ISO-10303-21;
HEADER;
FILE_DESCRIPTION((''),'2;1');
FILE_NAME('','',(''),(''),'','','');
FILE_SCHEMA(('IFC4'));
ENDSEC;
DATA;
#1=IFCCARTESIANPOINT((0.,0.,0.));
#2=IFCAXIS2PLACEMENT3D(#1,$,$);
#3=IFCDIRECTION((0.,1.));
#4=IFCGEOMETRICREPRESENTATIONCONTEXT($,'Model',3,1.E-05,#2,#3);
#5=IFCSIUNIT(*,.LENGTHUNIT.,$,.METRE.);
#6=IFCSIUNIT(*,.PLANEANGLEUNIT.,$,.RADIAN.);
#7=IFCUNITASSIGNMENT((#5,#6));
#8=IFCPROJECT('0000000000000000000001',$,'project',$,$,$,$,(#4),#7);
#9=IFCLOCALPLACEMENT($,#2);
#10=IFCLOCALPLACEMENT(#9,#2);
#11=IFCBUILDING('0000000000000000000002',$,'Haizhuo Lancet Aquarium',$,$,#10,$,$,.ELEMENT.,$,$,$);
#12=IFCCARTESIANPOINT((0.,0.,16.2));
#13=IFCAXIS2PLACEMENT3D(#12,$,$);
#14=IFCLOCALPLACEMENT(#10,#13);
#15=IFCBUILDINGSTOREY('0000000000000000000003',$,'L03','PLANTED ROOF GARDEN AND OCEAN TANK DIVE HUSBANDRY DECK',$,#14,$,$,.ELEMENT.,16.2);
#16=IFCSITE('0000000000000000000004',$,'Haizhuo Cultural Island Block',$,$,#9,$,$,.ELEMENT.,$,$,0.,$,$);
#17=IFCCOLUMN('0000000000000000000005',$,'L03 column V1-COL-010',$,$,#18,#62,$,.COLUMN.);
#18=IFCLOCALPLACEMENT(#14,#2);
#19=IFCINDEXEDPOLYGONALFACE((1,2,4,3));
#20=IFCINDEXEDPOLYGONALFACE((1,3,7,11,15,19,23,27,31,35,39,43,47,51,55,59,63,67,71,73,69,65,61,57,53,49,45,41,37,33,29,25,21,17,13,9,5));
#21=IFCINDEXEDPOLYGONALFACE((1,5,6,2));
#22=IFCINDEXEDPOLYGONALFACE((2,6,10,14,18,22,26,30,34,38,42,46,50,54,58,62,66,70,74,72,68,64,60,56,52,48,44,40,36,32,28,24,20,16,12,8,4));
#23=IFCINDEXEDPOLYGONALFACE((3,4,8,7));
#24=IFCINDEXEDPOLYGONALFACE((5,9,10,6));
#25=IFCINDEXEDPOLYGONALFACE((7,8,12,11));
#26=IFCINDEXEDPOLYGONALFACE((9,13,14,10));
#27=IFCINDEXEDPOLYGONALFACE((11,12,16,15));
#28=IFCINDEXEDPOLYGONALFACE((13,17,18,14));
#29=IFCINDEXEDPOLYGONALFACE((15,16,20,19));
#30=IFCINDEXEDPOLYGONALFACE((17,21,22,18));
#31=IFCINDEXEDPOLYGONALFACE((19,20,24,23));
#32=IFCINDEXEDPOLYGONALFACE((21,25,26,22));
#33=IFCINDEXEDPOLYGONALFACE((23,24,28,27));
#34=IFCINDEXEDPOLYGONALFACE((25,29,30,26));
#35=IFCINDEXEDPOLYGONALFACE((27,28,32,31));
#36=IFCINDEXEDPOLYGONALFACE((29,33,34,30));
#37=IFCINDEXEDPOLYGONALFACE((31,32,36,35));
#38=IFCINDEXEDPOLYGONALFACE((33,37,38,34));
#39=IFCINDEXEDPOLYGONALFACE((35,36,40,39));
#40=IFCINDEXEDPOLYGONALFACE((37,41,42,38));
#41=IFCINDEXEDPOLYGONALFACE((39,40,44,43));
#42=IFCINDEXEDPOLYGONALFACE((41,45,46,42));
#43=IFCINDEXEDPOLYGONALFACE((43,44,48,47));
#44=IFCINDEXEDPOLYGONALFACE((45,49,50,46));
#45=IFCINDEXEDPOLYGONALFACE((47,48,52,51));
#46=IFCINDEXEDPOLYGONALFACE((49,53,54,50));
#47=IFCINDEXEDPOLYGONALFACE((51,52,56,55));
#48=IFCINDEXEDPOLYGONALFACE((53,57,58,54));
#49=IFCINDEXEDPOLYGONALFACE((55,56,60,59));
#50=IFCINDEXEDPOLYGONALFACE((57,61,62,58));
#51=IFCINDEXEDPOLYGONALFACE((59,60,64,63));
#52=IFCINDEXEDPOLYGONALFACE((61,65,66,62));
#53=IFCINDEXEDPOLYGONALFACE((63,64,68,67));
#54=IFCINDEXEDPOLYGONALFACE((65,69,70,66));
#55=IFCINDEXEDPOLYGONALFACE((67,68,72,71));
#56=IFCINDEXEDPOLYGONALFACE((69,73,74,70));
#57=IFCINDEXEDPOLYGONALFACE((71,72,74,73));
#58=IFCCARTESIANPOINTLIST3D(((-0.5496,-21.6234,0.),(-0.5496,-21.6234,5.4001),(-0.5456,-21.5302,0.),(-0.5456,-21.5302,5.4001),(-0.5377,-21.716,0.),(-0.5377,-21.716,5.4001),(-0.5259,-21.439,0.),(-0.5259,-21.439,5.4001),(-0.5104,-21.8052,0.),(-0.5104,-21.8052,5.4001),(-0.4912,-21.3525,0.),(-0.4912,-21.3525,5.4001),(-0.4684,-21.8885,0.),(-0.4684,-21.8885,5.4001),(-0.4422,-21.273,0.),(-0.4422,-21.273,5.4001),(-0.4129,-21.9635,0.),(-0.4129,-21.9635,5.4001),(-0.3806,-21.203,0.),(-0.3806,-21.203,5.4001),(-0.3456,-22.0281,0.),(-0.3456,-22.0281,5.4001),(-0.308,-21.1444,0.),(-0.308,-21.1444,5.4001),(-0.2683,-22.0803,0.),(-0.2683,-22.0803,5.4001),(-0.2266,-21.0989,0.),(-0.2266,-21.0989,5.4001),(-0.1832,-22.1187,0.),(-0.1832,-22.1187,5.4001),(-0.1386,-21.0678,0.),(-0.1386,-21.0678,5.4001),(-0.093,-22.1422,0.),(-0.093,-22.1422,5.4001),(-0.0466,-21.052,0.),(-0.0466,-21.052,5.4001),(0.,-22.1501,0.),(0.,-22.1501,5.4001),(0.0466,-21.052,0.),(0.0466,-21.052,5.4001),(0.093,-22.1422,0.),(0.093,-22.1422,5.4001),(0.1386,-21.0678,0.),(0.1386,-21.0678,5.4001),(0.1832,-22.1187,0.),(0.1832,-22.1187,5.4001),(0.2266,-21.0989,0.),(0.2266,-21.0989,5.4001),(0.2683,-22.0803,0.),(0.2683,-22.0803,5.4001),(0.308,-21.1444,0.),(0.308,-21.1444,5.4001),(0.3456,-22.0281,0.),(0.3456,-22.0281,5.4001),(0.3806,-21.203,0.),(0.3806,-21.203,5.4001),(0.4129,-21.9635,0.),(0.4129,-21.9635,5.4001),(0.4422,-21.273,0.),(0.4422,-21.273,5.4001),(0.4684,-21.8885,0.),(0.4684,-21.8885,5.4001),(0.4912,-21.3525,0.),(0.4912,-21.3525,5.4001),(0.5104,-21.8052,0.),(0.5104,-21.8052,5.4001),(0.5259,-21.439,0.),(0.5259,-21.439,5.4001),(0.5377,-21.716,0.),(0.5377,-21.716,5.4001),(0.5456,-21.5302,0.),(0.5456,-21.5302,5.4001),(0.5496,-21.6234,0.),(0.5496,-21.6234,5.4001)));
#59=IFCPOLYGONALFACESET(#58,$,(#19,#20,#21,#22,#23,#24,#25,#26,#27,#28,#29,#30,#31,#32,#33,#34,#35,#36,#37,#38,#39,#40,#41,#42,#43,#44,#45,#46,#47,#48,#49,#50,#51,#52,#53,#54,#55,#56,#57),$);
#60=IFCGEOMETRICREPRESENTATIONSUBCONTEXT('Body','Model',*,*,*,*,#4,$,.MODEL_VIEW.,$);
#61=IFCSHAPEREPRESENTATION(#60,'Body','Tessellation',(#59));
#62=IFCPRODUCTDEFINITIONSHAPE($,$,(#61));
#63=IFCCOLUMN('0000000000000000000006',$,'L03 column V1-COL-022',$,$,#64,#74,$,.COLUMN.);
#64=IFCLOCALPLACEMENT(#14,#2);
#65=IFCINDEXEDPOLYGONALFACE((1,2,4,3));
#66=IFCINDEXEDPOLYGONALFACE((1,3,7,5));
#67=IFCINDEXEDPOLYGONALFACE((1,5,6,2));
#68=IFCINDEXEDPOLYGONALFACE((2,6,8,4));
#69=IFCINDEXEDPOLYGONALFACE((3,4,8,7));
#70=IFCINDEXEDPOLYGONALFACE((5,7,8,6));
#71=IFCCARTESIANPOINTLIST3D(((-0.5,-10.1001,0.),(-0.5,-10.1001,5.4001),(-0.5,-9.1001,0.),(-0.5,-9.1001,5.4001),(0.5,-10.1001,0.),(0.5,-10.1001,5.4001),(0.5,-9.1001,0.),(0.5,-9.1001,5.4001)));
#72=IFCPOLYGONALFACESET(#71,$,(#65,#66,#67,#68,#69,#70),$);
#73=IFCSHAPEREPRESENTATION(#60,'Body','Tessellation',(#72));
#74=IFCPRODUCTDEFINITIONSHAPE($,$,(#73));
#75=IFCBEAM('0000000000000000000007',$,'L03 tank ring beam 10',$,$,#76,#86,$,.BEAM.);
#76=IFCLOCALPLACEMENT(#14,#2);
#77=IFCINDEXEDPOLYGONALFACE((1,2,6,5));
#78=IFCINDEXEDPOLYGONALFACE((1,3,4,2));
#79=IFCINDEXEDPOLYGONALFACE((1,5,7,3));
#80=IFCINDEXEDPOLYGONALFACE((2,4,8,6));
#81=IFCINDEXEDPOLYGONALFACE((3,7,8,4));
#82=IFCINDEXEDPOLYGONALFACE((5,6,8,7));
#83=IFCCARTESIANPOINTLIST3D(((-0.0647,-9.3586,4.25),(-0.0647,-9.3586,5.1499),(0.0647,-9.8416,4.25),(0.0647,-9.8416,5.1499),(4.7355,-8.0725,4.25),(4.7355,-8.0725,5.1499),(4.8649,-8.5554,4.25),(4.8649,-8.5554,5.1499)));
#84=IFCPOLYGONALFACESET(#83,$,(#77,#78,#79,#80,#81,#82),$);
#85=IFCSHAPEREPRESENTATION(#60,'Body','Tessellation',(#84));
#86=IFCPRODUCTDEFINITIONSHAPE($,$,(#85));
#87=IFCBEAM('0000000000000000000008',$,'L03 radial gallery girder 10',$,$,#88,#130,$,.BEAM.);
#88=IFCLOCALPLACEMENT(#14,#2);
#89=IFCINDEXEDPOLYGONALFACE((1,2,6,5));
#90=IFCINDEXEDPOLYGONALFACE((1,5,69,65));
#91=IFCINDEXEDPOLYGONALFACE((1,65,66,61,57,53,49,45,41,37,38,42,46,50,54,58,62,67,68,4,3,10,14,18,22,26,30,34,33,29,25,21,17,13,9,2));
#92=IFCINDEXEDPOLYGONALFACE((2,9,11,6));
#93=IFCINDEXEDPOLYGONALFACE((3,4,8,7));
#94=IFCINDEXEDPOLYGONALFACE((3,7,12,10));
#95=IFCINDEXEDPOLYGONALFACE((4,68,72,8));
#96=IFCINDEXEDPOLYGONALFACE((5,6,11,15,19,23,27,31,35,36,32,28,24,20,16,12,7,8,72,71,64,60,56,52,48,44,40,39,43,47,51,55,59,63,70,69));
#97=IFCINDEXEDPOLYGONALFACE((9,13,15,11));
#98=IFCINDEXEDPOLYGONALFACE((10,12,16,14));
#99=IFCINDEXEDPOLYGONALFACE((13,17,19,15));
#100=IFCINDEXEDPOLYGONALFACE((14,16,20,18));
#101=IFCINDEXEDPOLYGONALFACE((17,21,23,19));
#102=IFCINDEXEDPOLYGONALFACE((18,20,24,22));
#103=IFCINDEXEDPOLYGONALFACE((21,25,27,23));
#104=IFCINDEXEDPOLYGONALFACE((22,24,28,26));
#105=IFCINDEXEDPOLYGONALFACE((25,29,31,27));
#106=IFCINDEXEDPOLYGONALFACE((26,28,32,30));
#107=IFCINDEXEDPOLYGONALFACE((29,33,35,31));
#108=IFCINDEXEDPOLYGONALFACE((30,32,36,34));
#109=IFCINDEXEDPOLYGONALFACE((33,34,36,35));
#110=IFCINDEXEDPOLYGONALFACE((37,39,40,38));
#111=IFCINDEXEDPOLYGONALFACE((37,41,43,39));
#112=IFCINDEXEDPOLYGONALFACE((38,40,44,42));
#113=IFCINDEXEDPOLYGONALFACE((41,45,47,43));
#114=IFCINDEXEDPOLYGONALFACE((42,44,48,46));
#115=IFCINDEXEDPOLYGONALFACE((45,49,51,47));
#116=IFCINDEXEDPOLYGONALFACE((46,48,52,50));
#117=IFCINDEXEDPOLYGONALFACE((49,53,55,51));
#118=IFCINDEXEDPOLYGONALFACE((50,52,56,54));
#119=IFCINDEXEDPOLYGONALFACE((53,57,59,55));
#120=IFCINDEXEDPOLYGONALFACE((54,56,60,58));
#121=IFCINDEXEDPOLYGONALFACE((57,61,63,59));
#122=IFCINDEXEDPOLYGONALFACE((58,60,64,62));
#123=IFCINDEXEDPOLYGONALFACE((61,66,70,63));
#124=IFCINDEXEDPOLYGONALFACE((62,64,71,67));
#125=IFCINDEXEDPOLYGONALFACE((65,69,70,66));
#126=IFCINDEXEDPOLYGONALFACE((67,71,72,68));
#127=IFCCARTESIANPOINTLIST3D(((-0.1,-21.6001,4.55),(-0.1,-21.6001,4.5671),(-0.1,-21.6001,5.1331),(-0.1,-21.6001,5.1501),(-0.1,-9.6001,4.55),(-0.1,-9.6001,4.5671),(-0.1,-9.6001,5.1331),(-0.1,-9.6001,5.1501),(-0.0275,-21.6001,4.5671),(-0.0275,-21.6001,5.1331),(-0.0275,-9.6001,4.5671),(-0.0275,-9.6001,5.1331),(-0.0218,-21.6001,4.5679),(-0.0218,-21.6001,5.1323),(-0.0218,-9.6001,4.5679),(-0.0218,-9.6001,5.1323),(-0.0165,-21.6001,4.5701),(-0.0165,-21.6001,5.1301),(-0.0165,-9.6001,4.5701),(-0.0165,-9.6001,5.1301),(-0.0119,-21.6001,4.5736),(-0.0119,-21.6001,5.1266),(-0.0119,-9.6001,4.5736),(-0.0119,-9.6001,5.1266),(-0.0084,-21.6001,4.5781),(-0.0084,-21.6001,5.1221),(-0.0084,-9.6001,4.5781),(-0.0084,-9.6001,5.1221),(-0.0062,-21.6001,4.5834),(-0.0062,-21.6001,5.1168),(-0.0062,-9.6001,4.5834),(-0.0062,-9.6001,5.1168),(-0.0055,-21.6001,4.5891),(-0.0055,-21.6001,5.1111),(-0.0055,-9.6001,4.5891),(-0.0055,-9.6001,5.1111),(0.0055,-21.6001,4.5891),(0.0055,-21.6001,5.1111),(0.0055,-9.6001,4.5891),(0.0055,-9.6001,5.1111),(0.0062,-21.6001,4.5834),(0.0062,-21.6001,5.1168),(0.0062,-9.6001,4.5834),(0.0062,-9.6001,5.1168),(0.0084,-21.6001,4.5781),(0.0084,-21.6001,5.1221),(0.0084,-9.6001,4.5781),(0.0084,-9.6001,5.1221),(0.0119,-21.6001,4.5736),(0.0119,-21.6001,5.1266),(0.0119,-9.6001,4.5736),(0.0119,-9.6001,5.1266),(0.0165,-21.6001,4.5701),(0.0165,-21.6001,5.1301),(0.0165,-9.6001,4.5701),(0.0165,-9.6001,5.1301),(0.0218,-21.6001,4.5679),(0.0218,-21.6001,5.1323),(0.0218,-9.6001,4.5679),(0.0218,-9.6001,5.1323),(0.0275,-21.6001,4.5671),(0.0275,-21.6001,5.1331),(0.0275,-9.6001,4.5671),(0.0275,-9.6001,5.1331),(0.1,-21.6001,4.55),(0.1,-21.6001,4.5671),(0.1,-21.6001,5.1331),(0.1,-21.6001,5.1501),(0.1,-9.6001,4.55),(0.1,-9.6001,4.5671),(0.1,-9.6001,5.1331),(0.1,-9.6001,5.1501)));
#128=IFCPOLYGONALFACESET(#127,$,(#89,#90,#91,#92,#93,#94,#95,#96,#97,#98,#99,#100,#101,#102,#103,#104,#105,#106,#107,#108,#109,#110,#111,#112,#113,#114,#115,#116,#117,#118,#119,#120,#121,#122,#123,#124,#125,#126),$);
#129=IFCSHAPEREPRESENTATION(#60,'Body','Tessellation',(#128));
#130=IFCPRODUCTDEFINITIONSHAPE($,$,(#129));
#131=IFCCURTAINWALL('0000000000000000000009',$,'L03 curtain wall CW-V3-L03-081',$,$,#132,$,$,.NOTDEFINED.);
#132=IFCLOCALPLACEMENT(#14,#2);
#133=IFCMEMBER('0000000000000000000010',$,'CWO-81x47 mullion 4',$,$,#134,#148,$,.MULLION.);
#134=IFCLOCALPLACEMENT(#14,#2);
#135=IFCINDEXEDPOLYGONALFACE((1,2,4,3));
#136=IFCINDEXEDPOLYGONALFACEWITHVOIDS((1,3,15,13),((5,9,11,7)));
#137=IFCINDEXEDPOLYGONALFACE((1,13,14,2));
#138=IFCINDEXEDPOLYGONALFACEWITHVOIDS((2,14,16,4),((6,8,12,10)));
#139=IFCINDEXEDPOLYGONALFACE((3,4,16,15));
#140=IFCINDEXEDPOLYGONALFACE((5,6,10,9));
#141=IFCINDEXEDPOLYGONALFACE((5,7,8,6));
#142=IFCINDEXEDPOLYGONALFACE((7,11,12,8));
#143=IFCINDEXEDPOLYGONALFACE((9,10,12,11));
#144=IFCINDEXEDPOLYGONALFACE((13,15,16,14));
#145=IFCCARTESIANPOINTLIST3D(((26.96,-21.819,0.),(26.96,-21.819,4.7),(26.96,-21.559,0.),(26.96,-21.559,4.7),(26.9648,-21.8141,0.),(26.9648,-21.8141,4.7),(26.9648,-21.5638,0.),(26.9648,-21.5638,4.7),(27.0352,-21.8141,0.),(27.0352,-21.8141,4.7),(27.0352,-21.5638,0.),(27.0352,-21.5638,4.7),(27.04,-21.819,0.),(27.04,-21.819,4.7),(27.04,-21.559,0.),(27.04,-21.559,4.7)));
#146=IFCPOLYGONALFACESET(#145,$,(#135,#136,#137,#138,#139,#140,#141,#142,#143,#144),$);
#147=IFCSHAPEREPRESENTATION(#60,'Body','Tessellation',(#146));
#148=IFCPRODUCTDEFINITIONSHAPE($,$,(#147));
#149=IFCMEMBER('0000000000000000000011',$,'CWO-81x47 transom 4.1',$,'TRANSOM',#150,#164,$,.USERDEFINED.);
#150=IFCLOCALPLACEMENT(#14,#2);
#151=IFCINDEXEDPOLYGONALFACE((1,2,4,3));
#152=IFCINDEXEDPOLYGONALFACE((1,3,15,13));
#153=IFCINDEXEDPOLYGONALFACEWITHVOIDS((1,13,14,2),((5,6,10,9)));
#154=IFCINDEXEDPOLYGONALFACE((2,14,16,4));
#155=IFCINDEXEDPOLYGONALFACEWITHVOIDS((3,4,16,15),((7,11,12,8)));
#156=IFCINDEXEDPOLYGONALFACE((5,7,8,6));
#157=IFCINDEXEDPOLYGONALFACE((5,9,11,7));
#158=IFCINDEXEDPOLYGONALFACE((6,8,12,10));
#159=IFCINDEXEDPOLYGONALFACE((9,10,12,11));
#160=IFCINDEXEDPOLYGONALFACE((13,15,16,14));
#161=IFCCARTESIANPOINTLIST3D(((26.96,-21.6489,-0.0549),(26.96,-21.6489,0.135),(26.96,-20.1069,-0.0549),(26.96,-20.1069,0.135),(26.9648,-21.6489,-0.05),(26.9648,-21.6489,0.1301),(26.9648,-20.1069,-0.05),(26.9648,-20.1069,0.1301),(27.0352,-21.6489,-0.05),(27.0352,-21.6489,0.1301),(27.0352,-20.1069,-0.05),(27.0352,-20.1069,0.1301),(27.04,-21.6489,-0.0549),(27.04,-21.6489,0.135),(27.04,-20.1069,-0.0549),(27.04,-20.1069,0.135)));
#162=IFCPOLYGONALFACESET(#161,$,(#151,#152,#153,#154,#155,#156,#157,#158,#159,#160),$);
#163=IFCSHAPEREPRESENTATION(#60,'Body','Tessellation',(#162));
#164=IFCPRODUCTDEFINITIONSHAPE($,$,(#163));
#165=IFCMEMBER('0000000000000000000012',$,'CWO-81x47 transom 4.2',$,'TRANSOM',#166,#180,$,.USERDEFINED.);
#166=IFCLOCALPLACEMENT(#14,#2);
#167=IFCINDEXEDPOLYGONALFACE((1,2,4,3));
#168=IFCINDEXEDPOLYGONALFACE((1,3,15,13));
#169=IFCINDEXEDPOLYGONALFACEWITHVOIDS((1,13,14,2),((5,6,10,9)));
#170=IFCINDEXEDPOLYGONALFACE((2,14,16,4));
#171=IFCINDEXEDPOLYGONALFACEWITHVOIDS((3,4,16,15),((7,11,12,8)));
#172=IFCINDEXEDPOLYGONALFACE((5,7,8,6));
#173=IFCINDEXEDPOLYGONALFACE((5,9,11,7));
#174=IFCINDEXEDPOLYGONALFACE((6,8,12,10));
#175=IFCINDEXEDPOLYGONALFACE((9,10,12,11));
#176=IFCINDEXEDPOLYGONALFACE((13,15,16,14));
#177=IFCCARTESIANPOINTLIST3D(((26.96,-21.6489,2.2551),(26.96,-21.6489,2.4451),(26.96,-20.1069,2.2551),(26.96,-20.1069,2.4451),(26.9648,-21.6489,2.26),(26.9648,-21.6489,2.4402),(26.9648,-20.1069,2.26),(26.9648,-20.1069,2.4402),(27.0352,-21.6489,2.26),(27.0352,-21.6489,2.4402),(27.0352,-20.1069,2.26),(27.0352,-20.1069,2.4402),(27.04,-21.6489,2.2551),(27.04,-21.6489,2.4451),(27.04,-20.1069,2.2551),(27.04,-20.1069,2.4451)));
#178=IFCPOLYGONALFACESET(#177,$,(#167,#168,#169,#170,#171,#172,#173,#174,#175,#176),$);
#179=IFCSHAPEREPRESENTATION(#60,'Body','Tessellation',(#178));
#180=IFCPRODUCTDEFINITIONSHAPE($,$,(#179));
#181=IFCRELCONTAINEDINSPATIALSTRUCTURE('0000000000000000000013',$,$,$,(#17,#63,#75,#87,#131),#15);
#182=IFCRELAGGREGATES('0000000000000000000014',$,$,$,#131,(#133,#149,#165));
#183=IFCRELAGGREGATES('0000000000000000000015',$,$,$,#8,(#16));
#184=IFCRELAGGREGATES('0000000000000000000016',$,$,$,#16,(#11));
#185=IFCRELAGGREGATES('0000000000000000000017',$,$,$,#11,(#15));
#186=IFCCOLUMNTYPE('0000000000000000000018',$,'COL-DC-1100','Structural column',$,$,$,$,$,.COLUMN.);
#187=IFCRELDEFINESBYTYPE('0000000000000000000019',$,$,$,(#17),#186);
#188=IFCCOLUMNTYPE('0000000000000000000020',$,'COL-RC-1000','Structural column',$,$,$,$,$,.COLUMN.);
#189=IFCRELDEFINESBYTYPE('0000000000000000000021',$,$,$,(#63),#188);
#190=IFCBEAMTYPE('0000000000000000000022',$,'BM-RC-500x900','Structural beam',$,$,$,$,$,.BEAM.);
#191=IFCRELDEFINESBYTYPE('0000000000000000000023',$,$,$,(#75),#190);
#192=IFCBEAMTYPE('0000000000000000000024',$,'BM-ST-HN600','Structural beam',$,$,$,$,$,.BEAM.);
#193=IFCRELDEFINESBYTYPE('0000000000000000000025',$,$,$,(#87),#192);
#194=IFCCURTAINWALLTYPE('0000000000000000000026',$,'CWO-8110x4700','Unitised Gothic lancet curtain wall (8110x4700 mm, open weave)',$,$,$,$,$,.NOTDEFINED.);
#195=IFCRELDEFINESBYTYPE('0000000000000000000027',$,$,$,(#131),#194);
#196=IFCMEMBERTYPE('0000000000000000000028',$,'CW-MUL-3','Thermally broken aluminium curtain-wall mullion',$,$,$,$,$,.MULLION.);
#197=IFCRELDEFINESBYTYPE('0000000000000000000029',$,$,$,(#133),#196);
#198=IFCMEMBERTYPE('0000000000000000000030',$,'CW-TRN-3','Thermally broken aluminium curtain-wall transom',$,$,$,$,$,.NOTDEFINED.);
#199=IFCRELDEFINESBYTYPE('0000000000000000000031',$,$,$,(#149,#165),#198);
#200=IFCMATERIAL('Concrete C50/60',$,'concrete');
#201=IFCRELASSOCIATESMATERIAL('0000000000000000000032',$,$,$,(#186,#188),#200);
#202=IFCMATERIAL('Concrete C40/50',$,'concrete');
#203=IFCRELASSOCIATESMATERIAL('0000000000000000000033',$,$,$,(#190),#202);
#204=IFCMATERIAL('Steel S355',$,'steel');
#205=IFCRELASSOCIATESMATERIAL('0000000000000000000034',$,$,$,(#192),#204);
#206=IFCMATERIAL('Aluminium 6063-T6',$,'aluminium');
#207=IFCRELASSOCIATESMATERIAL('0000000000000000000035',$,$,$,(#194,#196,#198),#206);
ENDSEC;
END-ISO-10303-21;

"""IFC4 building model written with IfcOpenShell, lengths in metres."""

from ifc_helpers import new_model, si_unit, direction, frame, origin, origin_2d, place, context, subcontext, project, spatial, rectangle, hollow_rectangle, circle, i_section, extrude, material, material_profile, profile_set, type_object, element, aggregate, save


model = new_model("IFC4")

# Units and contexts
model_context = context("Model", 3, precision=1e-05, world=origin(), true_north=direction((0.0, 1.0)))
body_context = subcontext(model_context, "Body", "Model", "MODEL_VIEW")
ifc_project = project(units=[si_unit("LENGTHUNIT", "METRE"), si_unit("PLANEANGLEUNIT", "RADIAN")], contexts=[model_context])

# Site, building, storey
site_placement = place(None, origin())
site = spatial("IfcSite", under=ifc_project, at=site_placement, Name="Haizhuo Cultural Island Block", CompositionType="ELEMENT", RefElevation=0.0)
building_placement = place(site_placement, origin())
building = spatial("IfcBuilding", under=site, at=building_placement, Name="Haizhuo Lancet Aquarium", CompositionType="ELEMENT")
storey_placement = place(building_placement, frame((0.0, 0.0, 16.2)))
storey = spatial("IfcBuildingStorey", under=building, at=storey_placement, Name="L03", Description="PLANTED ROOF GARDEN AND OCEAN TANK DIVE HUSBANDRY DECK", CompositionType="ELEMENT", Elevation=16.2)

# Columns
ifc_material_1 = material(Name="Concrete C50/60", Category="concrete")
ifc_material_profile_1 = material_profile(ifc_material_1, circle(Radius=0.55, at=origin_2d()), Name="RC-DC 1100")
ifc_profile_set_1 = profile_set([ifc_material_profile_1], Name="Concrete C50/60")
column_type_1 = type_object("IfcColumnType", Name="COL-DC-1100", Description="Structural column", PredefinedType="COLUMN", material=ifc_profile_set_1)
for number, where, z_axis, x_axis, name in (
    (1, (0.0, -21.6001, 0.0), (0.0, 0.0, 1.0), (0.0, -1.0, 0.0), "L03 column V1-COL-010"),
):
    element("IfcColumn", number, at=place(storey_placement, frame(where, z_axis=z_axis, x_axis=x_axis)), inside=storey, type_object=column_type_1, Name=name, PredefinedType="COLUMN", context=body_context, shape_type="SweptSolid", body=[
        extrude(circle(Radius=0.55, at=origin_2d()), origin(), (0.0, 0.0, 1.0), 5.4001),
    ])
ifc_material_profile_2 = material_profile(ifc_material_1, rectangle(XDim=1.0, YDim=1.0, at=origin_2d()), Name="RC-COL 1000x1000")
ifc_profile_set_2 = profile_set([ifc_material_profile_2], Name="Concrete C50/60")
column_type_2 = type_object("IfcColumnType", Name="COL-RC-1000", Description="Structural column", PredefinedType="COLUMN", material=ifc_profile_set_2)
column_placement = place(storey_placement, frame((0.0, -9.6001, 0.0), z_axis=(0.0, 0.0, 1.0), x_axis=(0.0, -1.0, 0.0)))
element("IfcColumn", 2, at=column_placement, inside=storey, type_object=column_type_2, Name="L03 column V1-COL-022", PredefinedType="COLUMN", context=body_context, shape_type="SweptSolid", body=[
    extrude(rectangle(XDim=1.0, YDim=1.0, at=origin_2d()), origin(), (0.0, 0.0, 1.0), 5.4001),
])

# Beams
ifc_material_2 = material(Name="Concrete C40/50", Category="concrete")
ifc_material_profile_3 = material_profile(ifc_material_2, rectangle(XDim=0.5, YDim=0.8999, at=origin_2d()), Name="RC-BM 500x900")
ifc_profile_set_3 = profile_set([ifc_material_profile_3], Name="Concrete C40/50")
beam_type_1 = type_object("IfcBeamType", Name="BM-RC-500x900", Description="Structural beam", PredefinedType="BEAM", material=ifc_profile_set_3)
beam_1_placement = place(storey_placement, frame((0.0, -9.6001, 4.7), z_axis=(0.965928, 0.258812, 0.0), x_axis=(-0.258812, 0.965928, 0.0)))
element("IfcBeam", 3, at=beam_1_placement, inside=storey, type_object=beam_type_1, Name="L03 tank ring beam 10", PredefinedType="BEAM", context=body_context, shape_type="SweptSolid", body=[
    extrude(rectangle(XDim=0.5, YDim=0.8999, at=origin_2d()), origin(), (0.0, 0.0, 1.0), 4.9695),
])
ifc_material_3 = material(Name="Steel S355", Category="steel")
ifc_material_profile_4 = material_profile(ifc_material_3, i_section(OverallWidth=0.2, OverallDepth=0.6001, WebThickness=0.011, FlangeThickness=0.0171, FilletRadius=0.022, at=origin_2d()), Name="HN 600x200x11x17")
ifc_profile_set_4 = profile_set([ifc_material_profile_4], Name="Steel S355")
beam_type_2 = type_object("IfcBeamType", Name="BM-ST-HN600", Description="Structural beam", PredefinedType="BEAM", material=ifc_profile_set_4)
beam_2_placement = place(storey_placement, frame((0.0, -9.6001, 4.8501), z_axis=(0.0, -1.0, 0.0), x_axis=(1.0, 0.0, 0.0)))
element("IfcBeam", 4, at=beam_2_placement, inside=storey, type_object=beam_type_2, Name="L03 radial gallery girder 10", PredefinedType="BEAM", context=body_context, shape_type="SweptSolid", body=[
    extrude(i_section(OverallWidth=0.2, OverallDepth=0.6001, WebThickness=0.011, FlangeThickness=0.0171, FilletRadius=0.022, at=origin_2d()), origin(), (0.0, 0.0, 1.0), 12.0),
])

# Curtain wall, members
ifc_material_4 = material(Name="Aluminium 6063-T6", Category="aluminium")
curtain_wall_type = type_object("IfcCurtainWallType", Name="CWO-8110x4700", Description="Unitised Gothic lancet curtain wall (8110x4700 mm, open weave)", PredefinedType="NOTDEFINED", material=ifc_material_4)
curtain_wall_placement = place(storey_placement, origin())
curtain_wall = element("IfcCurtainWall", 5, at=curtain_wall_placement, inside=storey, type_object=curtain_wall_type, Name="L03 curtain wall CW-V3-L03-081", PredefinedType="NOTDEFINED")
ifc_material_profile_5 = material_profile(ifc_material_4, hollow_rectangle(XDim=0.0801, YDim=0.26, WallThickness=0.0049, at=origin_2d()), Name="ALU-M 80x260x5")
ifc_profile_set_5 = profile_set([ifc_material_profile_5], Name="Aluminium 6063-T6")
member_type_1 = type_object("IfcMemberType", Name="CW-MUL-3", Description="Thermally broken aluminium curtain-wall mullion", PredefinedType="MULLION", material=ifc_profile_set_5)
member_1_placement = place(storey_placement, frame((27.0, -21.689, 0.0), z_axis=(0.0, 0.0, 1.0), x_axis=(-1.0, 0.0, 0.0)))
member_1 = element("IfcMember", 6, at=member_1_placement, type_object=member_type_1, Name="CWO-81x47 mullion 4", PredefinedType="MULLION", context=body_context, shape_type="SweptSolid", body=[
    extrude(hollow_rectangle(XDim=0.0801, YDim=0.26, WallThickness=0.0049, at=origin_2d()), origin(), (0.0, 0.0, 1.0), 4.7),
])
ifc_material_profile_6 = material_profile(ifc_material_4, hollow_rectangle(XDim=0.0801, YDim=0.1899, WallThickness=0.0049, at=origin_2d()), Name="ALU-T 80x190x5")
ifc_profile_set_6 = profile_set([ifc_material_profile_6], Name="Aluminium 6063-T6")
member_type_2 = type_object("IfcMemberType", Name="CW-TRN-3", Description="Thermally broken aluminium curtain-wall transom", PredefinedType="NOTDEFINED", material=ifc_profile_set_6)
member_2_placement = place(storey_placement, frame((27.0, -21.6489, 0.04), z_axis=(0.0, 1.0, 0.0), x_axis=(-1.0, 0.0, 0.0)))
member_2 = element("IfcMember", 7, at=member_2_placement, type_object=member_type_2, Name="CWO-81x47 transom 4.1", ObjectType="TRANSOM", PredefinedType="USERDEFINED", context=body_context, shape_type="SweptSolid", body=[
    extrude(hollow_rectangle(XDim=0.0801, YDim=0.1899, WallThickness=0.0049, at=origin_2d()), origin(), (0.0, 0.0, 1.0), 1.542),
])
member_3_placement = place(storey_placement, frame((27.0, -21.6489, 2.3501), z_axis=(0.0, 1.0, 0.0), x_axis=(-1.0, 0.0, 0.0)))
member_3 = element("IfcMember", 8, at=member_3_placement, type_object=member_type_2, Name="CWO-81x47 transom 4.2", ObjectType="TRANSOM", PredefinedType="USERDEFINED", context=body_context, shape_type="SweptSolid", body=[
    extrude(hollow_rectangle(XDim=0.0801, YDim=0.1899, WallThickness=0.0049, at=origin_2d()), origin(), (0.0, 0.0, 1.0), 1.542),
])

aggregate(curtain_wall, [member_1, member_2, member_3])

save(model, "model.ifc")
